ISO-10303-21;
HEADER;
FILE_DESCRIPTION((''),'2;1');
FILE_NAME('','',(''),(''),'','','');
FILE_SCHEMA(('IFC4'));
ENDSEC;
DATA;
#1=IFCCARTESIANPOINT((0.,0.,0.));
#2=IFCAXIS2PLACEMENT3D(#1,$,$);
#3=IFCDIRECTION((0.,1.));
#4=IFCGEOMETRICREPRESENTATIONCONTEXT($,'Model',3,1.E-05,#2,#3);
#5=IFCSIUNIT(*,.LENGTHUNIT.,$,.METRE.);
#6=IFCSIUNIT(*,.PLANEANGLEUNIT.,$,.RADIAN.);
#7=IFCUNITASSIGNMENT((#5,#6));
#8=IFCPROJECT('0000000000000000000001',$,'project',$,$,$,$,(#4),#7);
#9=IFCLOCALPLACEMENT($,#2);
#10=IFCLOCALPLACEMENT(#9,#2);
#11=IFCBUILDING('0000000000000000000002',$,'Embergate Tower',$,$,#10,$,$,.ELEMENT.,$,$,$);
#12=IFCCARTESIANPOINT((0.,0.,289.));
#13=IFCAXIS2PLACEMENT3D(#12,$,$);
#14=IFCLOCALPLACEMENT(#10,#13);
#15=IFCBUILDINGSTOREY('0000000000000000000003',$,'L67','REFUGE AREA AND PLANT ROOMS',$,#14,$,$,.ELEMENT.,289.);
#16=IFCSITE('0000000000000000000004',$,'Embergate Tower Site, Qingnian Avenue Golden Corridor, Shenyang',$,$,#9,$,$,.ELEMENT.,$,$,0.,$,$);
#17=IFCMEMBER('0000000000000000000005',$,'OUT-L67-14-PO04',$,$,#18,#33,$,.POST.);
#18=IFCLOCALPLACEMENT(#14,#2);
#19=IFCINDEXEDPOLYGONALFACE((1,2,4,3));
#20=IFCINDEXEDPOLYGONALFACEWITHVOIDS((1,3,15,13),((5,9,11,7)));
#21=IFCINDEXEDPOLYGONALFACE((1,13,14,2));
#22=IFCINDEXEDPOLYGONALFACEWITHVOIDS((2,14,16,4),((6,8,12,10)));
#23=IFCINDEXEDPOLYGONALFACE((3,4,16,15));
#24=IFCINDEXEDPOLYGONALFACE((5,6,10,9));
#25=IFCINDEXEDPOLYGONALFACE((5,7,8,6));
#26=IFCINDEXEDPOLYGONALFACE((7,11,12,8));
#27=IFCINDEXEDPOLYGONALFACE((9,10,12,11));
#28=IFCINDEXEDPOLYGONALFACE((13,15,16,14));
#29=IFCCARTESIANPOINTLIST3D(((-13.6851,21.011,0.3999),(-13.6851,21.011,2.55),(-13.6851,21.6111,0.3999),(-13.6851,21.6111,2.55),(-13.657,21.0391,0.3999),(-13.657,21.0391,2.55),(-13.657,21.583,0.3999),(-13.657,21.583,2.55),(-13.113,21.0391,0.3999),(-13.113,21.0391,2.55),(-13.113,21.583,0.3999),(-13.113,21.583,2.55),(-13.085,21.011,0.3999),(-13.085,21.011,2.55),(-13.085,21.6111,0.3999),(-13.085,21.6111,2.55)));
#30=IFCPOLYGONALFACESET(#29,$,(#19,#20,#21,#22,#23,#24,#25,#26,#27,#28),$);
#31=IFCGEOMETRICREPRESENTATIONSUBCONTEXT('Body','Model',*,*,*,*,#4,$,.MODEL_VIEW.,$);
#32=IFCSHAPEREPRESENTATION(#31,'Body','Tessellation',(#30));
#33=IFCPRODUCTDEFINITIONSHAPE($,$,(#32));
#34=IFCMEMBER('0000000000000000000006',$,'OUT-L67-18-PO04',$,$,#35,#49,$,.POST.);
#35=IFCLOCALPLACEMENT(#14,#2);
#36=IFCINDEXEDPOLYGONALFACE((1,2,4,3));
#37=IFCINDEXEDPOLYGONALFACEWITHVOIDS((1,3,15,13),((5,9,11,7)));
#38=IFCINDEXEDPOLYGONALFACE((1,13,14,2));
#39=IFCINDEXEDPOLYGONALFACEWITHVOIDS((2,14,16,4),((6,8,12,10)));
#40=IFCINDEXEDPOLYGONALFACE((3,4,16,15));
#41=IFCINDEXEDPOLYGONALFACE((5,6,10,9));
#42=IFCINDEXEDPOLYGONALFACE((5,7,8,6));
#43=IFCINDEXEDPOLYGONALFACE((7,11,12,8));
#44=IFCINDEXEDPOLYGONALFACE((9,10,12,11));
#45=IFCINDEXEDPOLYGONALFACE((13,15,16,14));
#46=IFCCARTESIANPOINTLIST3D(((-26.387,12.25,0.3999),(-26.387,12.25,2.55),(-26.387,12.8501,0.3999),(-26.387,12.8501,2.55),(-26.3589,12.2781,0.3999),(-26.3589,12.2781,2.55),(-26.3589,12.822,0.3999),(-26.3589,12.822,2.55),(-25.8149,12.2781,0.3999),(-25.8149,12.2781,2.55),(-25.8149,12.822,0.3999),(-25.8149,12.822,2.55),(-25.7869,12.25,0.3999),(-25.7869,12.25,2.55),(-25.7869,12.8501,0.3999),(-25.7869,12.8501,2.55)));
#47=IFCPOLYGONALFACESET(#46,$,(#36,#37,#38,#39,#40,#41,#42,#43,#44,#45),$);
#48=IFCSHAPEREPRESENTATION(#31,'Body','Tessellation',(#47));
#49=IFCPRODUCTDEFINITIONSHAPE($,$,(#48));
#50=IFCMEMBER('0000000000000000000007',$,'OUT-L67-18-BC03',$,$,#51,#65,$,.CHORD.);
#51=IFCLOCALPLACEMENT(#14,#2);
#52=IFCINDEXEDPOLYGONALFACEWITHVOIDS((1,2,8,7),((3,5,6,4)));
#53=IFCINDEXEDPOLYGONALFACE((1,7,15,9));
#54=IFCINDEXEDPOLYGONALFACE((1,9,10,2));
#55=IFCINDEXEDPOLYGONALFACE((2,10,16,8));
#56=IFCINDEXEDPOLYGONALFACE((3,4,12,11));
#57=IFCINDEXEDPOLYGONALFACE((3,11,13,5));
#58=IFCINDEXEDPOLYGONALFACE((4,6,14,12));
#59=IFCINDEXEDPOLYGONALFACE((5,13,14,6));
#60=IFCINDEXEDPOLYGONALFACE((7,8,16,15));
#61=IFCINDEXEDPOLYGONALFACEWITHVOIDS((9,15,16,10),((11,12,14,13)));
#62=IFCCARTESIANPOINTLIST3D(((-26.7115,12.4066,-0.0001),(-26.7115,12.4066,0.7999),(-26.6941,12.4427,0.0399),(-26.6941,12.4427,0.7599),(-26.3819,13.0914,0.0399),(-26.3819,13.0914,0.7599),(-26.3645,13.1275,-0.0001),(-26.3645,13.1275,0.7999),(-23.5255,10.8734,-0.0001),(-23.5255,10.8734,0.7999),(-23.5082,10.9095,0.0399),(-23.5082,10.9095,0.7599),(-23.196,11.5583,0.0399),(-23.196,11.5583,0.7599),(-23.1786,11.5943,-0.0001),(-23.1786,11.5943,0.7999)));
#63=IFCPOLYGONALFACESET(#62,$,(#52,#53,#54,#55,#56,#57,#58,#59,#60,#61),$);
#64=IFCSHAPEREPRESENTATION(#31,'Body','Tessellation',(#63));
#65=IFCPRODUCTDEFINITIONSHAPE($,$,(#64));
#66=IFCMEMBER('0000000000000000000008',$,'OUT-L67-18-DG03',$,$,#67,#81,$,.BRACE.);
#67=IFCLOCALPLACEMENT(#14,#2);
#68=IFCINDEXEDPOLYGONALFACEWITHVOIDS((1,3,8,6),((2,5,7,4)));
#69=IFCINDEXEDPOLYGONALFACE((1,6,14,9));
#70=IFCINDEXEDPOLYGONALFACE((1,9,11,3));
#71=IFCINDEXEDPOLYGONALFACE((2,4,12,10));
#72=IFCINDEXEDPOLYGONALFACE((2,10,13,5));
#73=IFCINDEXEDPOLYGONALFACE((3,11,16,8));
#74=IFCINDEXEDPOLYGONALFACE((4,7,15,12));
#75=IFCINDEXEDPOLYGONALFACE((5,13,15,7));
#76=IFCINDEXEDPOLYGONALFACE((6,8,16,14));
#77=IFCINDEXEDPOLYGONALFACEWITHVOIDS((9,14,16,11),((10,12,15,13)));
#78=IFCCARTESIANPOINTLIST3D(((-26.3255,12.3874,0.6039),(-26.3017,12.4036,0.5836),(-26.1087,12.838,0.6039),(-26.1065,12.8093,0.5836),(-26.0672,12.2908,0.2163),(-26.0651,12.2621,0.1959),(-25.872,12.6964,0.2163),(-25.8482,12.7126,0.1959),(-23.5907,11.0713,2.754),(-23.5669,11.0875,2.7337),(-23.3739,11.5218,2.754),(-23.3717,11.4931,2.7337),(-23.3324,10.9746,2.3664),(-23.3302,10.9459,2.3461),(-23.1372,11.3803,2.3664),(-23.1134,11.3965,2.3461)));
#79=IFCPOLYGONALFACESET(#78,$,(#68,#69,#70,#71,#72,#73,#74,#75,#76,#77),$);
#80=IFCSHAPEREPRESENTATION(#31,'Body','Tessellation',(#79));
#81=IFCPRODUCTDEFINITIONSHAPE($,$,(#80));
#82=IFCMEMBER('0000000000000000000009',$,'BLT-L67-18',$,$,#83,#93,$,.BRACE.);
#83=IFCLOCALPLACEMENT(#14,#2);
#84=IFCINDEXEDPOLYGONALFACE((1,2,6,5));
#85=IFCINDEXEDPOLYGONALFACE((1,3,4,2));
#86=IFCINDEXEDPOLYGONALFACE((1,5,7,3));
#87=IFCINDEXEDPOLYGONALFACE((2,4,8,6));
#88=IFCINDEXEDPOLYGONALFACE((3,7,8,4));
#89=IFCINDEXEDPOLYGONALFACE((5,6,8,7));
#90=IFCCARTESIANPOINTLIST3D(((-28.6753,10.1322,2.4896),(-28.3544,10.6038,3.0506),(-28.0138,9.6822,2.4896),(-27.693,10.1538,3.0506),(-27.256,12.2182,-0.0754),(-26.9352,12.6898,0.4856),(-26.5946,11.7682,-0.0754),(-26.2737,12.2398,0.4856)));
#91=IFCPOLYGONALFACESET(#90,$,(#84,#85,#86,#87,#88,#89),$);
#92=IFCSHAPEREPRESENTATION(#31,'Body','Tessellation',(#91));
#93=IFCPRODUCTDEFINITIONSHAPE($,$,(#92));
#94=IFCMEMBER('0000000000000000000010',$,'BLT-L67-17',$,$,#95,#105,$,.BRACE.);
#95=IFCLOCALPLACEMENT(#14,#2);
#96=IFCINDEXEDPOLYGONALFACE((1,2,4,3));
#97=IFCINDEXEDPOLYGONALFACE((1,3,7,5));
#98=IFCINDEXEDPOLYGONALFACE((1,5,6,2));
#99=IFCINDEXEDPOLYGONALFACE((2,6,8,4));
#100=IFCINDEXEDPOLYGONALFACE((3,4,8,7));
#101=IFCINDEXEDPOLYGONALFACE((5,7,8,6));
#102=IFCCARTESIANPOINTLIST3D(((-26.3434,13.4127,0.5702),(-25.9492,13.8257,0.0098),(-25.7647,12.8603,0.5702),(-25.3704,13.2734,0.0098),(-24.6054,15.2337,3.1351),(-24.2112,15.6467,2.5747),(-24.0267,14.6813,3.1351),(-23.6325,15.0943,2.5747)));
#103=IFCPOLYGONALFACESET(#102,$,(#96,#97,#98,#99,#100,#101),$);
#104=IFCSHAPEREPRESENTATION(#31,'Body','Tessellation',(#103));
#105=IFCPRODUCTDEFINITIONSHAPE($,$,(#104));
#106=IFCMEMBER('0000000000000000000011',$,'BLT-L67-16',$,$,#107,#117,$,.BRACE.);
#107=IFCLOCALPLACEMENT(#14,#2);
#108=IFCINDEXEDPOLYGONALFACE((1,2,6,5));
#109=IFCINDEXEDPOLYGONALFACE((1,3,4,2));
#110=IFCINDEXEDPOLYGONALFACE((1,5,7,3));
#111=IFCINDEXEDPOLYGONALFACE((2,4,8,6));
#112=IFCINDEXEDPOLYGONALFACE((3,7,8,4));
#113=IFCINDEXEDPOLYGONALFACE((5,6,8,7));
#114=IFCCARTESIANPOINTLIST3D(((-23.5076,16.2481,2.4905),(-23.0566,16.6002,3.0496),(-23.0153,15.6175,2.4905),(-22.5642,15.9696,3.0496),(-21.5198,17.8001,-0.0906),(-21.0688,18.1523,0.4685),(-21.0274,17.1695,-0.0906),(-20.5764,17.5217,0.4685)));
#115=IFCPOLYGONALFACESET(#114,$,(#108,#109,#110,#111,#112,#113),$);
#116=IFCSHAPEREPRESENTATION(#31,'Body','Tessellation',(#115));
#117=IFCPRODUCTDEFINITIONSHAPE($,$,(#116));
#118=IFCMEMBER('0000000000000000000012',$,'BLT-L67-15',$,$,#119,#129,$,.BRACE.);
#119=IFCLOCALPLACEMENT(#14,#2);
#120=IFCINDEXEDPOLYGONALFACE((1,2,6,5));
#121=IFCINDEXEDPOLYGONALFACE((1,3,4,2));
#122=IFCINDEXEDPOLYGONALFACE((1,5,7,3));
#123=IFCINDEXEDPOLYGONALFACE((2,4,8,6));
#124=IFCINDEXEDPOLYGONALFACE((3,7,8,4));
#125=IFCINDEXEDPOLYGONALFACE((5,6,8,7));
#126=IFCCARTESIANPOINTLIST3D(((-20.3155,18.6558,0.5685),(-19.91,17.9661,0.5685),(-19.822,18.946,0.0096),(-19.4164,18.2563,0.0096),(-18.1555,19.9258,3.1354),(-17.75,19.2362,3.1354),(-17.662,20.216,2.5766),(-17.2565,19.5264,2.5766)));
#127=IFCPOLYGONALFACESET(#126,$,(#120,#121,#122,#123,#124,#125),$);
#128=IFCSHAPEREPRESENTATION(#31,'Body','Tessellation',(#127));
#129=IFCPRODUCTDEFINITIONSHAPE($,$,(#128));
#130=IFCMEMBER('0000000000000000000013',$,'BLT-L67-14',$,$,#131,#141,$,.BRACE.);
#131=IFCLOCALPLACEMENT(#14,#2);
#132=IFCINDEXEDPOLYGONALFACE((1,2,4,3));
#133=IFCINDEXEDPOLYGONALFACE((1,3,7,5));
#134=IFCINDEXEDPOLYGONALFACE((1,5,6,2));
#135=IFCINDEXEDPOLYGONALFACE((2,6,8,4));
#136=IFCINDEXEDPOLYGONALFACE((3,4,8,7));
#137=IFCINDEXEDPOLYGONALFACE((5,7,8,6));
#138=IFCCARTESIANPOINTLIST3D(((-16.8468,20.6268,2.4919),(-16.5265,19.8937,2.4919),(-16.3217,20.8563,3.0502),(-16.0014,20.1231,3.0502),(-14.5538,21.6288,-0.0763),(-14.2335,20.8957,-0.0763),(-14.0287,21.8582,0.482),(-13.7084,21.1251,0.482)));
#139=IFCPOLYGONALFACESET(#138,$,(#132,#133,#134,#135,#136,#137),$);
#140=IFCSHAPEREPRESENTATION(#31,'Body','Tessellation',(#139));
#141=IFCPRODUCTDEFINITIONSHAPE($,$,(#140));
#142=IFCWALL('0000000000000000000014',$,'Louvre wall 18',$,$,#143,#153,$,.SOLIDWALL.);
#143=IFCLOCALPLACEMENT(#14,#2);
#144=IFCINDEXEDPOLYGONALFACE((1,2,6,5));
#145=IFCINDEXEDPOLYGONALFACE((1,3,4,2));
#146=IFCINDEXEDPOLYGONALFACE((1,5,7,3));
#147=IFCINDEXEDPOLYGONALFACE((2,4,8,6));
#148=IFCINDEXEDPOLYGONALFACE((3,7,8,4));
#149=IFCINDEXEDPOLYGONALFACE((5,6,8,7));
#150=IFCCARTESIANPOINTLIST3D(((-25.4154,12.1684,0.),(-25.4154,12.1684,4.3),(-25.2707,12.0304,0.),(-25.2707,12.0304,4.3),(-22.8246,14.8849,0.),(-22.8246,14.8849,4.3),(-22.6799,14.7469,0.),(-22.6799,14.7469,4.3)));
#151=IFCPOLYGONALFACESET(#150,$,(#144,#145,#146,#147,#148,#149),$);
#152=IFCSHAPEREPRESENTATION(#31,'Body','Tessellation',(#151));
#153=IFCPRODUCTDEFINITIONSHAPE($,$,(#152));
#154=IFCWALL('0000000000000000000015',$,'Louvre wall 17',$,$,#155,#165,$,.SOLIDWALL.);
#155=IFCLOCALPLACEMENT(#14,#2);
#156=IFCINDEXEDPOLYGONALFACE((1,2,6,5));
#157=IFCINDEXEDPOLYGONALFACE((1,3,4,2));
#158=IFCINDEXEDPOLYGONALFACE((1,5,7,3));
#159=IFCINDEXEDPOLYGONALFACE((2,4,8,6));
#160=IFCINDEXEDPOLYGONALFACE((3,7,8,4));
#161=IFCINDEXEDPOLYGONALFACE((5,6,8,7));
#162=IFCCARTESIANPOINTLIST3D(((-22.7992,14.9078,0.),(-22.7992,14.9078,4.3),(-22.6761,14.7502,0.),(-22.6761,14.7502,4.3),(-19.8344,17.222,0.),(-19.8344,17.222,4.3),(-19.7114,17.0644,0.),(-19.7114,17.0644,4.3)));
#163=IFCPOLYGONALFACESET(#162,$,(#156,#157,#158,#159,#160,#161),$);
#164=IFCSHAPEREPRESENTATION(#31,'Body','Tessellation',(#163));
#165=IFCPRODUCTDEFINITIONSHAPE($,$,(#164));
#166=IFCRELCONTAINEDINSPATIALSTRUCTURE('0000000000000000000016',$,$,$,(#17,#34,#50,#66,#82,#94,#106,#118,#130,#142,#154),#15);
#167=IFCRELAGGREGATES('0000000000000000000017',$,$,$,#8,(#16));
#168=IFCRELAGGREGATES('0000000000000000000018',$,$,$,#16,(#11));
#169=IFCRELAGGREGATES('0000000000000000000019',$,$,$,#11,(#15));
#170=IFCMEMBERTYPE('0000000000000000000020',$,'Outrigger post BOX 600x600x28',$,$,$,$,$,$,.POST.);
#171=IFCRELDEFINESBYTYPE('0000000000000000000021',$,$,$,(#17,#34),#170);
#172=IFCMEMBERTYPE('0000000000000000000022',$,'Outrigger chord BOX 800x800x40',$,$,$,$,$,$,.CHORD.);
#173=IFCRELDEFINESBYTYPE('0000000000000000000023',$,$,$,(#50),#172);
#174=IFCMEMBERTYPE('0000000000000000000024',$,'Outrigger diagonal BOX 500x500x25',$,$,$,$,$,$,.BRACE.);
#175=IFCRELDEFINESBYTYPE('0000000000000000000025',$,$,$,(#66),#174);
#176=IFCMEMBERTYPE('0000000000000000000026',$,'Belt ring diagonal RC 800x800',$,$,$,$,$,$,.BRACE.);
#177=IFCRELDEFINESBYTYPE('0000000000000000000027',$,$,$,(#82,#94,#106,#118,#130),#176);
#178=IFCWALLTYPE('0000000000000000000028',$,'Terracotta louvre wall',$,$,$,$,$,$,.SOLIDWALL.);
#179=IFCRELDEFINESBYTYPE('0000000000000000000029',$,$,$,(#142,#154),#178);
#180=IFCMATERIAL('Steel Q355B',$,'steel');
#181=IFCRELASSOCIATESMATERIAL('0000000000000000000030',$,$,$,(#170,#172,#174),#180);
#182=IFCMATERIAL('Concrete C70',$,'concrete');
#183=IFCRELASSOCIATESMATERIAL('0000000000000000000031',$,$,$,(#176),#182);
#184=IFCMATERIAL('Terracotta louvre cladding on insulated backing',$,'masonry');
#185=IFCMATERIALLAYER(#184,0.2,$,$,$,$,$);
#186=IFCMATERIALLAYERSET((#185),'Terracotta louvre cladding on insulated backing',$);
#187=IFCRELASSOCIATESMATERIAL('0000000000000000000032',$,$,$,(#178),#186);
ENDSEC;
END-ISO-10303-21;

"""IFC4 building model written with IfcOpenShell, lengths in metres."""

from ifc_helpers import new_model, si_unit, direction, frame, frame_2d, origin, origin_2d, place, context, subcontext, project, spatial, rectangle, hollow_rectangle, extrude, source, transform, mapped, material, layer, layer_set, material_profile, profile_set, type_object, element, save


model = new_model("IFC4")

# Units and contexts
model_context = context("Model", 3, precision=1e-05, world=origin(), true_north=direction((0.0, 1.0)))
body_context = subcontext(model_context, "Body", "Model", "MODEL_VIEW")
ifc_project = project(units=[si_unit("LENGTHUNIT", "METRE"), si_unit("PLANEANGLEUNIT", "RADIAN")], contexts=[model_context])

# Site, building, storey
site_placement = place(None, origin())
site = spatial("IfcSite", under=ifc_project, at=site_placement, Name="Embergate Tower Site, Qingnian Avenue Golden Corridor, Shenyang", CompositionType="ELEMENT", RefElevation=0.0)
building_placement = place(site_placement, origin())
building = spatial("IfcBuilding", under=site, at=building_placement, Name="Embergate Tower", CompositionType="ELEMENT")
storey_placement = place(building_placement, frame((0.0, 0.0, 289.0)))
storey = spatial("IfcBuildingStorey", under=building, at=storey_placement, Name="L67", Description="REFUGE AREA AND PLANT ROOMS", CompositionType="ELEMENT", Elevation=289.0)

# Shared definitions
ifc_material_1 = material(Name="Steel Q355B", Category="steel")

# Members
ifc_material_profile_1 = material_profile(ifc_material_1, hollow_rectangle(XDim=0.6001, YDim=0.6001, WallThickness=0.0281, at=origin_2d()), Name="BOX 600x600x28")
ifc_profile_set_1 = profile_set([ifc_material_profile_1], Name="Steel Q355 grade B")
member_type_1 = type_object("IfcMemberType", Name="Outrigger post BOX 600x600x28", PredefinedType="POST", material=ifc_profile_set_1)
shared_shape_1 = source(origin(), body_context, "Body", "SweptSolid", [
    extrude(hollow_rectangle(XDim=0.6001, YDim=0.6001, WallThickness=0.0281, at=origin_2d()), origin(), (0.0, 0.0, 1.0), 2.1501),
])
for number, where, z_axis, x_axis, name in (
    (1, (-13.385, 21.311, 0.3999), (0.0, 0.0, 1.0), (1.0, 0.0, 0.0), "OUT-L67-14-PO04"),
    (2, (-26.0869, 12.55, 0.3999), (0.0, 0.0, 1.0), (1.0, 0.0, 0.0), "OUT-L67-18-PO04"),
):
    element("IfcMember", number, at=place(storey_placement, frame(where, z_axis=z_axis, x_axis=x_axis)), inside=storey, type_object=member_type_1, Name=name, PredefinedType="POST", context=body_context, shape_type="MappedRepresentation", body=[
        mapped(shared_shape_1, transform((0.0, 0.0, 0.0))),
    ])
ifc_material_profile_2 = material_profile(ifc_material_1, hollow_rectangle(XDim=0.8, YDim=0.8, WallThickness=0.04, at=origin_2d()), Name="BOX 800x800x40")
ifc_profile_set_2 = profile_set([ifc_material_profile_2], Name="Steel Q355 grade B")
member_type_2 = type_object("IfcMemberType", Name="Outrigger chord BOX 800x800x40", PredefinedType="CHORD", material=ifc_profile_set_2)
shared_shape_2 = source(origin(), body_context, "Body", "SweptSolid", [
    extrude(hollow_rectangle(XDim=0.8, YDim=0.8, WallThickness=0.04, at=origin_2d()), origin(), (0.0, 0.0, 1.0), 3.5356),
])
member_1_placement = place(storey_placement, frame((-23.3521, 11.2339, 0.3999), z_axis=(-0.901092, 0.433629, 0.0), x_axis=(-0.433629, -0.901092, 0.0)))
element("IfcMember", 3, at=member_1_placement, inside=storey, type_object=member_type_2, Name="OUT-L67-18-BC03", PredefinedType="CHORD", context=body_context, shape_type="MappedRepresentation", body=[
    mapped(shared_shape_2, transform((0.0, 0.0, 0.0))),
])
ifc_material_profile_3 = material_profile(ifc_material_1, hollow_rectangle(XDim=0.5, YDim=0.5, WallThickness=0.0249, at=origin_2d()), Name="BOX 500x500x25")
ifc_profile_set_3 = profile_set([ifc_material_profile_3], Name="Steel Q355 grade B")
member_type_3 = type_object("IfcMemberType", Name="Outrigger diagonal BOX 500x500x25", PredefinedType="BRACE", material=ifc_profile_set_3)
shared_shape_3 = source(origin(), body_context, "Body", "SweptSolid", [
    extrude(hollow_rectangle(XDim=0.5, YDim=0.5, WallThickness=0.0249, at=origin_2d()), origin(), (0.0, 0.0, 1.0), 3.7195),
])
member_2_placement = place(storey_placement, frame((-23.3521, 11.2339, 2.55), z_axis=(-0.735272, 0.353852, -0.57807), x_axis=(-0.433649, -0.901082, 0.0)))
element("IfcMember", 4, at=member_2_placement, inside=storey, type_object=member_type_3, Name="OUT-L67-18-DG03", PredefinedType="BRACE", context=body_context, shape_type="MappedRepresentation", body=[
    mapped(shared_shape_3, transform((0.0, 0.0, 0.0))),
])
ifc_material_2 = material(Name="Concrete C70", Category="concrete")
ifc_material_profile_4 = material_profile(ifc_material_2, rectangle(XDim=0.8, YDim=0.8, at=origin_2d()), Name="RC 800x800")
ifc_profile_set_4 = profile_set([ifc_material_profile_4], Name="Concrete C70")
member_type_4 = type_object("IfcMemberType", Name="Belt ring diagonal RC 800x800", PredefinedType="BRACE", material=ifc_profile_set_4)
shared_shape_4 = source(origin(), body_context, "Body", "SweptSolid", [
    extrude(rectangle(XDim=0.8, YDim=0.8, at=origin_2d()), origin(), (0.0, 0.0, 1.0), 3.5979),
])
member_3_placement = place(storey_placement, frame((-26.7649, 12.229, 0.2051), z_axis=(-0.39446, -0.579782, 0.71292), x_axis=(0.826788, -0.562514, 0.0)))
element("IfcMember", 5, at=member_3_placement, inside=storey, type_object=member_type_4, Name="BLT-L67-18", PredefinedType="BRACE", context=body_context, shape_type="MappedRepresentation", body=[
    mapped(shared_shape_4, transform((0.0, 0.0, 0.0))),
])
shared_shape_5 = source(origin(), body_context, "Body", "SweptSolid", [
    extrude(rectangle(XDim=0.8, YDim=0.8, at=origin_2d()), origin(), (0.0, 0.0, 1.0), 3.5938),
])
member_4_placement = place(storey_placement, frame((-25.8569, 13.343, 0.29), z_axis=(0.483612, 0.506709, 0.713699), x_axis=(-0.723402, 0.690427, 0.0)))
element("IfcMember", 6, at=member_4_placement, inside=storey, type_object=member_type_4, Name="BLT-L67-17", PredefinedType="BRACE", context=body_context, shape_type="MappedRepresentation", body=[
    mapped(shared_shape_5, transform((0.0, 0.0, 0.0))),
])
shared_shape_6 = source(origin(), body_context, "Body", "SweptSolid", [
    extrude(rectangle(XDim=0.8, YDim=0.8, at=origin_2d()), origin(), (0.0, 0.0, 1.0), 3.6086),
])
member_5_placement = place(storey_placement, frame((-21.0481, 17.6609, 0.189), z_axis=(-0.550851, -0.430086, 0.715254), x_axis=(0.615407, -0.788209, 0.0)))
element("IfcMember", 7, at=member_5_placement, inside=storey, type_object=member_type_4, Name="BLT-L67-16", PredefinedType="BRACE", context=body_context, shape_type="MappedRepresentation", body=[
    mapped(shared_shape_6, transform((0.0, 0.0, 0.0))),
])
shared_shape_7 = source(origin(), body_context, "Body", "SweptSolid", [
    extrude(rectangle(XDim=0.8, YDim=0.8, at=origin_2d()), origin(), (0.0, 0.0, 1.0), 3.5872),
])
member_6_placement = place(storey_placement, frame((-19.866, 18.4561, 0.2891), z_axis=(0.602137, 0.354054, 0.715595), x_axis=(-0.506867, 0.862024, 0.0)))
element("IfcMember", 8, at=member_6_placement, inside=storey, type_object=member_type_4, Name="BLT-L67-15", PredefinedType="BRACE", context=body_context, shape_type="MappedRepresentation", body=[
    mapped(shared_shape_7, transform((0.0, 0.0, 0.0))),
])
shared_shape_8 = source(origin(), body_context, "Body", "SweptSolid", [
    extrude(rectangle(XDim=0.8, YDim=0.8, at=origin_2d()), origin(), (0.0, 0.0, 1.0), 3.5857),
])
member_7_placement = place(storey_placement, frame((-14.1311, 21.377, 0.2029), z_axis=(-0.639486, -0.279435, 0.716222), x_axis=(0.400409, -0.916336, 0.0)))
element("IfcMember", 9, at=member_7_placement, inside=storey, type_object=member_type_4, Name="BLT-L67-14", PredefinedType="BRACE", context=body_context, shape_type="MappedRepresentation", body=[
    mapped(shared_shape_8, transform((0.0, 0.0, 0.0))),
])

# Walls
ifc_material_3 = material(Name="Terracotta louvre cladding on insulated backing", Category="masonry")
ifc_layer_1 = layer(ifc_material_3, 0.2)
ifc_layer_set_1 = layer_set([ifc_layer_1], Name="Terracotta louvre cladding on insulated backing")
wall_type_1 = type_object("IfcWallType", Name="Terracotta louvre wall", PredefinedType="SOLIDWALL", material=ifc_layer_set_1)
shared_shape_9 = source(origin(), body_context, "Body", "SweptSolid", [
    extrude(rectangle(XDim=3.7539, YDim=0.2, at=frame_2d((1.877, 0.0))), origin(), (0.0, 0.0, 1.0), 4.3),
])
wall_1_placement = place(storey_placement, frame((-25.343, 12.0994, 0.0), z_axis=(0.0, 0.0, 1.0), x_axis=(0.690162, 0.723655, 0.0)))
element("IfcWall", 10, at=wall_1_placement, inside=storey, type_object=wall_type_1, Name="Louvre wall 18", PredefinedType="SOLIDWALL", context=body_context, shape_type="MappedRepresentation", body=[
    mapped(shared_shape_9, transform((0.0, 0.0, 0.0))),
])
shared_shape_10 = source(origin(), body_context, "Body", "SweptSolid", [
    extrude(rectangle(XDim=3.761, YDim=0.2, at=frame_2d((1.8804, 0.0))), origin(), (0.0, 0.0, 1.0), 4.3),
])
wall_2_placement = place(storey_placement, frame((-22.7375, 14.8291, 0.0), z_axis=(0.0, 0.0, 1.0), x_axis=(0.788292, 0.615301, 0.0)))
element("IfcWall", 11, at=wall_2_placement, inside=storey, type_object=wall_type_1, Name="Louvre wall 17", PredefinedType="SOLIDWALL", context=body_context, shape_type="MappedRepresentation", body=[
    mapped(shared_shape_10, transform((0.0, 0.0, 0.0))),
])

save(model, "model.ifc")
